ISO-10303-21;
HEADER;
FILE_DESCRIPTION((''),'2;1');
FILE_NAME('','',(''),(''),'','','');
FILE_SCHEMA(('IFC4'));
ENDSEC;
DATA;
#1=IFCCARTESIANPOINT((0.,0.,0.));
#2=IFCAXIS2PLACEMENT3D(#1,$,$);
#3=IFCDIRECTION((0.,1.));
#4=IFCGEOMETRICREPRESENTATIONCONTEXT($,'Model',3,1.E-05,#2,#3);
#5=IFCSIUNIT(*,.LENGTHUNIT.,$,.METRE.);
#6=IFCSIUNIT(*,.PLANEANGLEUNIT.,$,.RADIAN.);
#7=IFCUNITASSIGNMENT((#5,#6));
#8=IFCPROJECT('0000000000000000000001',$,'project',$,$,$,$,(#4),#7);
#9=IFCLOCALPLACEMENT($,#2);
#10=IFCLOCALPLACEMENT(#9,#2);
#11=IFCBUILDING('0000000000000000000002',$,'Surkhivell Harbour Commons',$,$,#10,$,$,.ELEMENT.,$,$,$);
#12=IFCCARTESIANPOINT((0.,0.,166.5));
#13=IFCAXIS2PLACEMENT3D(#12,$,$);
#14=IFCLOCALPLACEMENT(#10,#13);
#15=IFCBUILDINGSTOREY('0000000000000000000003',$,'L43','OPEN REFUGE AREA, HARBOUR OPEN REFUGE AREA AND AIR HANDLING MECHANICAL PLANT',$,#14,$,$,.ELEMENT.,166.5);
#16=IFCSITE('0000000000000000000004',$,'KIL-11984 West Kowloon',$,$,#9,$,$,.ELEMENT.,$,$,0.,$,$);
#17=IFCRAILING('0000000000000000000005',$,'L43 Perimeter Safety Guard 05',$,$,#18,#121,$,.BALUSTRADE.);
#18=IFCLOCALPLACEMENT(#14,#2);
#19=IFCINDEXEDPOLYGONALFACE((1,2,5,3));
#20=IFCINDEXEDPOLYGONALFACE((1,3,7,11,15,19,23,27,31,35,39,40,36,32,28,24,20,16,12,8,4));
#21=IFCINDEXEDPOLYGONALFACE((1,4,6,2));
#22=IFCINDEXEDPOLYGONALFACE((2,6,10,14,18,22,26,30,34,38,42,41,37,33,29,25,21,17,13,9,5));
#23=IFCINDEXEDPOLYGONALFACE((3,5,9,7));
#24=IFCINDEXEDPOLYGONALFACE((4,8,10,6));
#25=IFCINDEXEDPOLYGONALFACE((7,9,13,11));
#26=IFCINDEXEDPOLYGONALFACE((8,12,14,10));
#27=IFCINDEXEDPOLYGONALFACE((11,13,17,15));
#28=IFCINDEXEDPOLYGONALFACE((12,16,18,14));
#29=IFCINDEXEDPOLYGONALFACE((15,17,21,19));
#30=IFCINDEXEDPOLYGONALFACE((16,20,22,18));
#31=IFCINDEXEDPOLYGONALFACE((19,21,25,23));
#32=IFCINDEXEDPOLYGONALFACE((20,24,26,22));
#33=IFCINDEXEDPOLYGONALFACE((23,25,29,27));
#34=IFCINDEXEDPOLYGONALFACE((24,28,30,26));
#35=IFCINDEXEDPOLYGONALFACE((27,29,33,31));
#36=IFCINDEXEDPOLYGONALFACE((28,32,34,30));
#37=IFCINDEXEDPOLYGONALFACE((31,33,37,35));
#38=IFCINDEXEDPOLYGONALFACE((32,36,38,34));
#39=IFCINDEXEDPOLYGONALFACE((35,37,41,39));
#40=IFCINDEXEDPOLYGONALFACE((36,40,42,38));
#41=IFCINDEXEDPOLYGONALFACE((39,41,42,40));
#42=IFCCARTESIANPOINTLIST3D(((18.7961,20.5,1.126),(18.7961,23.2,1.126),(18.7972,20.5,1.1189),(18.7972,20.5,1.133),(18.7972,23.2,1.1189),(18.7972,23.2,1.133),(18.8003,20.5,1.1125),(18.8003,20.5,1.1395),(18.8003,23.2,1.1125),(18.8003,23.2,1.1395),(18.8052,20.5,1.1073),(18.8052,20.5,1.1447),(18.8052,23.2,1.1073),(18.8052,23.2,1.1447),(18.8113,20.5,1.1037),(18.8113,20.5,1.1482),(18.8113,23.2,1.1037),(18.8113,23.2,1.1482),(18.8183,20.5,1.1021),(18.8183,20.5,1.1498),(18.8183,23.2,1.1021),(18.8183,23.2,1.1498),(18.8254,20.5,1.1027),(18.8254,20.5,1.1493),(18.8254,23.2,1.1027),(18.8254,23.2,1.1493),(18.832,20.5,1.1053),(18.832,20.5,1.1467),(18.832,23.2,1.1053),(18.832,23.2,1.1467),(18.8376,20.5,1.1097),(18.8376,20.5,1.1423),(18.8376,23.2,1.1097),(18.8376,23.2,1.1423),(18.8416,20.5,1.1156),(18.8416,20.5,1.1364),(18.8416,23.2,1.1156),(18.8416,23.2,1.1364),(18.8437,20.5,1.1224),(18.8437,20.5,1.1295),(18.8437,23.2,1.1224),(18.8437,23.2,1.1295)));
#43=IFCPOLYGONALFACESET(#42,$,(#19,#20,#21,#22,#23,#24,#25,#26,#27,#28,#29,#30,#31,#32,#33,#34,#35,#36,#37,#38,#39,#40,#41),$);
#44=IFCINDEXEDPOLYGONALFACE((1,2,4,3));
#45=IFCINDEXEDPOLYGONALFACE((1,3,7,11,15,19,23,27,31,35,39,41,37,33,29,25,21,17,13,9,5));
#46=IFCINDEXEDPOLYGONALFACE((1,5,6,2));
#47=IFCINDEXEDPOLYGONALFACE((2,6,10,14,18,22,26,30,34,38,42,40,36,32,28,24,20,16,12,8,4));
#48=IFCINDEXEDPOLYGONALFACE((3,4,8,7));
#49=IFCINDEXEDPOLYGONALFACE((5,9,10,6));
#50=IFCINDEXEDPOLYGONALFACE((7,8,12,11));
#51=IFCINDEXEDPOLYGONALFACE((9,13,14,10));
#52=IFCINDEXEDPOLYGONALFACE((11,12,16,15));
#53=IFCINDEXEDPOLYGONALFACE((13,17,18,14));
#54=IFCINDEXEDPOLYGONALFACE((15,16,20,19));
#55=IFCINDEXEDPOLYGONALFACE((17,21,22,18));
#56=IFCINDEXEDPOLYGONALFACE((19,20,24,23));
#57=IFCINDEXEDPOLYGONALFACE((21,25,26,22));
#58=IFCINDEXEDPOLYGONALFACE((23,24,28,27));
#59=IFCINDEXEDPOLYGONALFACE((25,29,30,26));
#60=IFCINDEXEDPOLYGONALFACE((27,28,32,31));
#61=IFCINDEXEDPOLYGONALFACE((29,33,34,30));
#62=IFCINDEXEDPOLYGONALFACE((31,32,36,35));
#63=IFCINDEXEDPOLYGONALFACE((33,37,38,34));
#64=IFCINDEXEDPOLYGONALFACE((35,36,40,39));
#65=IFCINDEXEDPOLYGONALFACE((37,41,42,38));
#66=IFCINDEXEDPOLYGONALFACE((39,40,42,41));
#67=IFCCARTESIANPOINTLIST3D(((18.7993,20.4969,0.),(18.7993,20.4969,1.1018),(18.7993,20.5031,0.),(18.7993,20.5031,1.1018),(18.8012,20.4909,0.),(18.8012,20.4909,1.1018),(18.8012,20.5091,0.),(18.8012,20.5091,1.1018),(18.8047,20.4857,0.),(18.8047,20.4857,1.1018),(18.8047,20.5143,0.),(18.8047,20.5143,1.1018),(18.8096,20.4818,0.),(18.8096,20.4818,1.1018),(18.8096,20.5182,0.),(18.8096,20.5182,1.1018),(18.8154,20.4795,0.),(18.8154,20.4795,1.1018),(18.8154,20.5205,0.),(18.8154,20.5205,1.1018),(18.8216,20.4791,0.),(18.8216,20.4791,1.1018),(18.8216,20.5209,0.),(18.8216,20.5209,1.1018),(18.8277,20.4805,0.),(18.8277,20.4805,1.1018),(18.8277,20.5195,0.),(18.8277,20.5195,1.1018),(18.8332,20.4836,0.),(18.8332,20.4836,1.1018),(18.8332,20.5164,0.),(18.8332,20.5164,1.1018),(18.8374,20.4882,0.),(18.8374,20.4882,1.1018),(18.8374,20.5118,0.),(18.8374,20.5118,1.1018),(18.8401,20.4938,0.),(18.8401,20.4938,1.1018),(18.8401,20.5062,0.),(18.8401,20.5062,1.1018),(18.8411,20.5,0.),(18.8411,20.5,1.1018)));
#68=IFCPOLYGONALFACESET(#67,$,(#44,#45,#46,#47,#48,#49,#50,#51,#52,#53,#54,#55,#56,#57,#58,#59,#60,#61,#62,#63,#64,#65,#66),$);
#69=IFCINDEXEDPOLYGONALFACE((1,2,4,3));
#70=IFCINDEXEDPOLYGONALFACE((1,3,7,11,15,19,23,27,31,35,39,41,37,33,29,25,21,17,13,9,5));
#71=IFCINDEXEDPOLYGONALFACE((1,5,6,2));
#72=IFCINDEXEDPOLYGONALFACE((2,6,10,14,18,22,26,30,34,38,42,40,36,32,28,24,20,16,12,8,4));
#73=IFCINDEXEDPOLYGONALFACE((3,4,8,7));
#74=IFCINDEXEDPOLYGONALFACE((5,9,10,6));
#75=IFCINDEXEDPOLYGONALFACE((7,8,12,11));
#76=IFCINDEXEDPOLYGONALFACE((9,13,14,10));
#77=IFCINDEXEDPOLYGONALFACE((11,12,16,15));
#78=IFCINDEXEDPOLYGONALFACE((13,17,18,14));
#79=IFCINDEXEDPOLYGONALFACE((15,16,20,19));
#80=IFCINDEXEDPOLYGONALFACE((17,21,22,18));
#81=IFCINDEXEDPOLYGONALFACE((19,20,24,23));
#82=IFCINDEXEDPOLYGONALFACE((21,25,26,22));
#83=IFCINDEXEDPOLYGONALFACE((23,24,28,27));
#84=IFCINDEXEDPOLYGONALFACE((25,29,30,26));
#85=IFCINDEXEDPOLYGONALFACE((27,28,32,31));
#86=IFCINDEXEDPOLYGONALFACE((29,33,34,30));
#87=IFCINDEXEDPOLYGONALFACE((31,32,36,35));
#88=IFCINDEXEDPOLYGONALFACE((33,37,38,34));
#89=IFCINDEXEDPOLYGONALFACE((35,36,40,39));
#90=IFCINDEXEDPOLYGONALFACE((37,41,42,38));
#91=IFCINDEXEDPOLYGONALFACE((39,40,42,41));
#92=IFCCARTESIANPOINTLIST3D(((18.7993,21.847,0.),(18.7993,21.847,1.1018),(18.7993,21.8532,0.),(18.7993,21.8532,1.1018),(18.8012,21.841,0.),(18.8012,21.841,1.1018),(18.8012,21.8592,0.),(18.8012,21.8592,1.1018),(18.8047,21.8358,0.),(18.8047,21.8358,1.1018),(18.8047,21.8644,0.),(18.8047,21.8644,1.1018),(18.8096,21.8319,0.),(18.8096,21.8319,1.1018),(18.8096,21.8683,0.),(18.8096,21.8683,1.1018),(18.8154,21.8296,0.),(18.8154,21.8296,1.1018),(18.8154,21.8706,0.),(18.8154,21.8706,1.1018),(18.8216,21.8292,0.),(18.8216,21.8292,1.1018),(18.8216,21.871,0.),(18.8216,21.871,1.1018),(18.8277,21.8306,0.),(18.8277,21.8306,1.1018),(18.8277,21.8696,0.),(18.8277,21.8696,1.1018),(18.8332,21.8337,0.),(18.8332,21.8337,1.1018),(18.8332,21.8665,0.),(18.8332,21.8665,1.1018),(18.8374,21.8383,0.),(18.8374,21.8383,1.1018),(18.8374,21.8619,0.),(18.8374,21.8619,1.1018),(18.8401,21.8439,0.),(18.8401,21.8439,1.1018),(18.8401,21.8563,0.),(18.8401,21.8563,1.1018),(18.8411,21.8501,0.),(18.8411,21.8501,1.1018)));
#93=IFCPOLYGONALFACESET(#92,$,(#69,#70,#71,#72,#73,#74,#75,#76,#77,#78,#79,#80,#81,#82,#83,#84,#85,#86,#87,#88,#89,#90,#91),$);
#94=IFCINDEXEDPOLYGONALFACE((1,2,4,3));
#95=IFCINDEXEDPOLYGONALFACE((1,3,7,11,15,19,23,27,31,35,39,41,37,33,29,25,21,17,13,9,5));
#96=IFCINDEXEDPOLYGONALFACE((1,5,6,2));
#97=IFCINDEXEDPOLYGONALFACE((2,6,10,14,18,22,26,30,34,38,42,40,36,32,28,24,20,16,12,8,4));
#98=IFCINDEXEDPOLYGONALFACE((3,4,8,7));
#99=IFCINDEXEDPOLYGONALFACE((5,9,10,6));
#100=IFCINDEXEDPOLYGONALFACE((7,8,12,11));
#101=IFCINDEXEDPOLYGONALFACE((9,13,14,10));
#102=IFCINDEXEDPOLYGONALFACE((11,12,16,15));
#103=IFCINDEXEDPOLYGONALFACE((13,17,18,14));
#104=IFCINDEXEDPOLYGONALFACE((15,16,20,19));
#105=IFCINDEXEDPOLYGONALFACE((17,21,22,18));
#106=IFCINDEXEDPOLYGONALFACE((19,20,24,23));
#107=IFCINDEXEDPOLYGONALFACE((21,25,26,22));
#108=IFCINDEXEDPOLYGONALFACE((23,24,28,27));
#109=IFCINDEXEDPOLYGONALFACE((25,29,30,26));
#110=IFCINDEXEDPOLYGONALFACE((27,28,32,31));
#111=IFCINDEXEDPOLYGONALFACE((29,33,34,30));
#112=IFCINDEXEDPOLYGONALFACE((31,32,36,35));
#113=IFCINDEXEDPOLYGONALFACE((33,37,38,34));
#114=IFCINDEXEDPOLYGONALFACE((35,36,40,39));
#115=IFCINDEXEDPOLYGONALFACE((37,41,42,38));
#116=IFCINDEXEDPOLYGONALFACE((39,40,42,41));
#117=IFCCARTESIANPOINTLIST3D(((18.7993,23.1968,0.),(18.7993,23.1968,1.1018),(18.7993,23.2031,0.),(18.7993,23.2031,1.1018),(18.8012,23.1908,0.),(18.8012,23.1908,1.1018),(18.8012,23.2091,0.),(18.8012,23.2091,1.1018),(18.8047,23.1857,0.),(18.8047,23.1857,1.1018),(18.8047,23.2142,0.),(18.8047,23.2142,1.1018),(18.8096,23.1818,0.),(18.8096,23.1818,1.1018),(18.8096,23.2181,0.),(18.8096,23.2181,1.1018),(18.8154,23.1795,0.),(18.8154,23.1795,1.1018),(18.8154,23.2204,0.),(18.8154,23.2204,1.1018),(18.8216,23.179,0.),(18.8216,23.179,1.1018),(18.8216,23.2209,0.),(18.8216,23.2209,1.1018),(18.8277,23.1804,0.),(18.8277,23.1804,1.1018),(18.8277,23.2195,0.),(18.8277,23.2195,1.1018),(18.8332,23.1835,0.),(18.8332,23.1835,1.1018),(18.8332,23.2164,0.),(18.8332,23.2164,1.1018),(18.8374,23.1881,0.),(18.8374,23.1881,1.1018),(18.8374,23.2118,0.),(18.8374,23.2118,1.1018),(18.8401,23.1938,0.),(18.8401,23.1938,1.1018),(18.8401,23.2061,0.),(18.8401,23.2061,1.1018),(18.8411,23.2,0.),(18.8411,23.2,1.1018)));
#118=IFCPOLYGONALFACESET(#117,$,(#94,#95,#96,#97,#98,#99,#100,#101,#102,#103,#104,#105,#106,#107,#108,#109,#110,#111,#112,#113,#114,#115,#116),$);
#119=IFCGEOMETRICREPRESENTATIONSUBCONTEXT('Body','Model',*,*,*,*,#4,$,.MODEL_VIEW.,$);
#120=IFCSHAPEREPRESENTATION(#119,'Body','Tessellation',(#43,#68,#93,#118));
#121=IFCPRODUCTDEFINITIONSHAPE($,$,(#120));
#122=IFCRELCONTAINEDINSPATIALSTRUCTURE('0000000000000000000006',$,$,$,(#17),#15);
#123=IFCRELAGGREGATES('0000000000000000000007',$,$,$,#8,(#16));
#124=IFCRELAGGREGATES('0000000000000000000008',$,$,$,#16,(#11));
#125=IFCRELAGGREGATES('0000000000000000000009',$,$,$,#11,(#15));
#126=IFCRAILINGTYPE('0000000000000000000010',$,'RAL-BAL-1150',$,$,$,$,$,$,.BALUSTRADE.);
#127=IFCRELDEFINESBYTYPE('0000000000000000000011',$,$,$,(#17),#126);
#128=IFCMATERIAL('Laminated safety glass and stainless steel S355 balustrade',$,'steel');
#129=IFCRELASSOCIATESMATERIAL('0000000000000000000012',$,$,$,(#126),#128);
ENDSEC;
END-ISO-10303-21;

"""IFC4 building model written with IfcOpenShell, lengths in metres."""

from ifc_helpers import new_model, si_unit, direction, frame, origin, origin_2d, place, context, subcontext, project, spatial, circle, extrude, material, type_object, element, save


model = new_model("IFC4")

# Units and contexts
model_context = context("Model", 3, precision=1e-05, world=origin(), true_north=direction((0.0, 1.0)))
body_context = subcontext(model_context, "Body", "Model", "MODEL_VIEW")
ifc_project = project(units=[si_unit("LENGTHUNIT", "METRE"), si_unit("PLANEANGLEUNIT", "RADIAN")], contexts=[model_context])

# Site, building, storey
site_placement = place(None, origin())
site = spatial("IfcSite", under=ifc_project, at=site_placement, Name="KIL-11984 West Kowloon", CompositionType="ELEMENT", RefElevation=0.0)
building_placement = place(site_placement, origin())
building = spatial("IfcBuilding", under=site, at=building_placement, Name="Surkhivell Harbour Commons", CompositionType="ELEMENT")
storey_placement = place(building_placement, frame((0.0, 0.0, 166.5)))
storey = spatial("IfcBuildingStorey", under=building, at=storey_placement, Name="L43", Description="OPEN REFUGE AREA, HARBOUR OPEN REFUGE AREA AND AIR HANDLING MECHANICAL PLANT", CompositionType="ELEMENT", Elevation=166.5)

# Railing
ifc_material_1 = material(Name="Laminated safety glass and stainless steel S355 balustrade", Category="steel")
railing_type = type_object("IfcRailingType", Name="RAL-BAL-1150", PredefinedType="BALUSTRADE", material=ifc_material_1)
railing_1_placement = place(storey_placement, frame((18.8201, 20.5, 0.0)))
element("IfcRailing", 1, at=railing_1_placement, inside=storey, type_object=railing_type, Name="L43 Perimeter Safety Guard 05", PredefinedType="BALUSTRADE", context=body_context, shape_type="SweptSolid", body=[
    extrude(circle(Radius=0.0239, at=origin_2d()), frame((0.0, 0.0, 1.126), z_axis=(0.0, 1.0, 0.0), x_axis=(-1.0, 0.0, 0.0)), (0.0, 0.0, 1.0), 2.7),
    extrude(circle(Radius=0.021, at=origin_2d()), origin(), (0.0, 0.0, 1.0), 1.1018),
    extrude(circle(Radius=0.021, at=origin_2d()), frame((0.0, 1.3501, 0.0)), (0.0, 0.0, 1.0), 1.1018),
    extrude(circle(Radius=0.021, at=origin_2d()), frame((0.0, 2.7, 0.0)), (0.0, 0.0, 1.0), 1.1018),
])

save(model, "model.ifc")
